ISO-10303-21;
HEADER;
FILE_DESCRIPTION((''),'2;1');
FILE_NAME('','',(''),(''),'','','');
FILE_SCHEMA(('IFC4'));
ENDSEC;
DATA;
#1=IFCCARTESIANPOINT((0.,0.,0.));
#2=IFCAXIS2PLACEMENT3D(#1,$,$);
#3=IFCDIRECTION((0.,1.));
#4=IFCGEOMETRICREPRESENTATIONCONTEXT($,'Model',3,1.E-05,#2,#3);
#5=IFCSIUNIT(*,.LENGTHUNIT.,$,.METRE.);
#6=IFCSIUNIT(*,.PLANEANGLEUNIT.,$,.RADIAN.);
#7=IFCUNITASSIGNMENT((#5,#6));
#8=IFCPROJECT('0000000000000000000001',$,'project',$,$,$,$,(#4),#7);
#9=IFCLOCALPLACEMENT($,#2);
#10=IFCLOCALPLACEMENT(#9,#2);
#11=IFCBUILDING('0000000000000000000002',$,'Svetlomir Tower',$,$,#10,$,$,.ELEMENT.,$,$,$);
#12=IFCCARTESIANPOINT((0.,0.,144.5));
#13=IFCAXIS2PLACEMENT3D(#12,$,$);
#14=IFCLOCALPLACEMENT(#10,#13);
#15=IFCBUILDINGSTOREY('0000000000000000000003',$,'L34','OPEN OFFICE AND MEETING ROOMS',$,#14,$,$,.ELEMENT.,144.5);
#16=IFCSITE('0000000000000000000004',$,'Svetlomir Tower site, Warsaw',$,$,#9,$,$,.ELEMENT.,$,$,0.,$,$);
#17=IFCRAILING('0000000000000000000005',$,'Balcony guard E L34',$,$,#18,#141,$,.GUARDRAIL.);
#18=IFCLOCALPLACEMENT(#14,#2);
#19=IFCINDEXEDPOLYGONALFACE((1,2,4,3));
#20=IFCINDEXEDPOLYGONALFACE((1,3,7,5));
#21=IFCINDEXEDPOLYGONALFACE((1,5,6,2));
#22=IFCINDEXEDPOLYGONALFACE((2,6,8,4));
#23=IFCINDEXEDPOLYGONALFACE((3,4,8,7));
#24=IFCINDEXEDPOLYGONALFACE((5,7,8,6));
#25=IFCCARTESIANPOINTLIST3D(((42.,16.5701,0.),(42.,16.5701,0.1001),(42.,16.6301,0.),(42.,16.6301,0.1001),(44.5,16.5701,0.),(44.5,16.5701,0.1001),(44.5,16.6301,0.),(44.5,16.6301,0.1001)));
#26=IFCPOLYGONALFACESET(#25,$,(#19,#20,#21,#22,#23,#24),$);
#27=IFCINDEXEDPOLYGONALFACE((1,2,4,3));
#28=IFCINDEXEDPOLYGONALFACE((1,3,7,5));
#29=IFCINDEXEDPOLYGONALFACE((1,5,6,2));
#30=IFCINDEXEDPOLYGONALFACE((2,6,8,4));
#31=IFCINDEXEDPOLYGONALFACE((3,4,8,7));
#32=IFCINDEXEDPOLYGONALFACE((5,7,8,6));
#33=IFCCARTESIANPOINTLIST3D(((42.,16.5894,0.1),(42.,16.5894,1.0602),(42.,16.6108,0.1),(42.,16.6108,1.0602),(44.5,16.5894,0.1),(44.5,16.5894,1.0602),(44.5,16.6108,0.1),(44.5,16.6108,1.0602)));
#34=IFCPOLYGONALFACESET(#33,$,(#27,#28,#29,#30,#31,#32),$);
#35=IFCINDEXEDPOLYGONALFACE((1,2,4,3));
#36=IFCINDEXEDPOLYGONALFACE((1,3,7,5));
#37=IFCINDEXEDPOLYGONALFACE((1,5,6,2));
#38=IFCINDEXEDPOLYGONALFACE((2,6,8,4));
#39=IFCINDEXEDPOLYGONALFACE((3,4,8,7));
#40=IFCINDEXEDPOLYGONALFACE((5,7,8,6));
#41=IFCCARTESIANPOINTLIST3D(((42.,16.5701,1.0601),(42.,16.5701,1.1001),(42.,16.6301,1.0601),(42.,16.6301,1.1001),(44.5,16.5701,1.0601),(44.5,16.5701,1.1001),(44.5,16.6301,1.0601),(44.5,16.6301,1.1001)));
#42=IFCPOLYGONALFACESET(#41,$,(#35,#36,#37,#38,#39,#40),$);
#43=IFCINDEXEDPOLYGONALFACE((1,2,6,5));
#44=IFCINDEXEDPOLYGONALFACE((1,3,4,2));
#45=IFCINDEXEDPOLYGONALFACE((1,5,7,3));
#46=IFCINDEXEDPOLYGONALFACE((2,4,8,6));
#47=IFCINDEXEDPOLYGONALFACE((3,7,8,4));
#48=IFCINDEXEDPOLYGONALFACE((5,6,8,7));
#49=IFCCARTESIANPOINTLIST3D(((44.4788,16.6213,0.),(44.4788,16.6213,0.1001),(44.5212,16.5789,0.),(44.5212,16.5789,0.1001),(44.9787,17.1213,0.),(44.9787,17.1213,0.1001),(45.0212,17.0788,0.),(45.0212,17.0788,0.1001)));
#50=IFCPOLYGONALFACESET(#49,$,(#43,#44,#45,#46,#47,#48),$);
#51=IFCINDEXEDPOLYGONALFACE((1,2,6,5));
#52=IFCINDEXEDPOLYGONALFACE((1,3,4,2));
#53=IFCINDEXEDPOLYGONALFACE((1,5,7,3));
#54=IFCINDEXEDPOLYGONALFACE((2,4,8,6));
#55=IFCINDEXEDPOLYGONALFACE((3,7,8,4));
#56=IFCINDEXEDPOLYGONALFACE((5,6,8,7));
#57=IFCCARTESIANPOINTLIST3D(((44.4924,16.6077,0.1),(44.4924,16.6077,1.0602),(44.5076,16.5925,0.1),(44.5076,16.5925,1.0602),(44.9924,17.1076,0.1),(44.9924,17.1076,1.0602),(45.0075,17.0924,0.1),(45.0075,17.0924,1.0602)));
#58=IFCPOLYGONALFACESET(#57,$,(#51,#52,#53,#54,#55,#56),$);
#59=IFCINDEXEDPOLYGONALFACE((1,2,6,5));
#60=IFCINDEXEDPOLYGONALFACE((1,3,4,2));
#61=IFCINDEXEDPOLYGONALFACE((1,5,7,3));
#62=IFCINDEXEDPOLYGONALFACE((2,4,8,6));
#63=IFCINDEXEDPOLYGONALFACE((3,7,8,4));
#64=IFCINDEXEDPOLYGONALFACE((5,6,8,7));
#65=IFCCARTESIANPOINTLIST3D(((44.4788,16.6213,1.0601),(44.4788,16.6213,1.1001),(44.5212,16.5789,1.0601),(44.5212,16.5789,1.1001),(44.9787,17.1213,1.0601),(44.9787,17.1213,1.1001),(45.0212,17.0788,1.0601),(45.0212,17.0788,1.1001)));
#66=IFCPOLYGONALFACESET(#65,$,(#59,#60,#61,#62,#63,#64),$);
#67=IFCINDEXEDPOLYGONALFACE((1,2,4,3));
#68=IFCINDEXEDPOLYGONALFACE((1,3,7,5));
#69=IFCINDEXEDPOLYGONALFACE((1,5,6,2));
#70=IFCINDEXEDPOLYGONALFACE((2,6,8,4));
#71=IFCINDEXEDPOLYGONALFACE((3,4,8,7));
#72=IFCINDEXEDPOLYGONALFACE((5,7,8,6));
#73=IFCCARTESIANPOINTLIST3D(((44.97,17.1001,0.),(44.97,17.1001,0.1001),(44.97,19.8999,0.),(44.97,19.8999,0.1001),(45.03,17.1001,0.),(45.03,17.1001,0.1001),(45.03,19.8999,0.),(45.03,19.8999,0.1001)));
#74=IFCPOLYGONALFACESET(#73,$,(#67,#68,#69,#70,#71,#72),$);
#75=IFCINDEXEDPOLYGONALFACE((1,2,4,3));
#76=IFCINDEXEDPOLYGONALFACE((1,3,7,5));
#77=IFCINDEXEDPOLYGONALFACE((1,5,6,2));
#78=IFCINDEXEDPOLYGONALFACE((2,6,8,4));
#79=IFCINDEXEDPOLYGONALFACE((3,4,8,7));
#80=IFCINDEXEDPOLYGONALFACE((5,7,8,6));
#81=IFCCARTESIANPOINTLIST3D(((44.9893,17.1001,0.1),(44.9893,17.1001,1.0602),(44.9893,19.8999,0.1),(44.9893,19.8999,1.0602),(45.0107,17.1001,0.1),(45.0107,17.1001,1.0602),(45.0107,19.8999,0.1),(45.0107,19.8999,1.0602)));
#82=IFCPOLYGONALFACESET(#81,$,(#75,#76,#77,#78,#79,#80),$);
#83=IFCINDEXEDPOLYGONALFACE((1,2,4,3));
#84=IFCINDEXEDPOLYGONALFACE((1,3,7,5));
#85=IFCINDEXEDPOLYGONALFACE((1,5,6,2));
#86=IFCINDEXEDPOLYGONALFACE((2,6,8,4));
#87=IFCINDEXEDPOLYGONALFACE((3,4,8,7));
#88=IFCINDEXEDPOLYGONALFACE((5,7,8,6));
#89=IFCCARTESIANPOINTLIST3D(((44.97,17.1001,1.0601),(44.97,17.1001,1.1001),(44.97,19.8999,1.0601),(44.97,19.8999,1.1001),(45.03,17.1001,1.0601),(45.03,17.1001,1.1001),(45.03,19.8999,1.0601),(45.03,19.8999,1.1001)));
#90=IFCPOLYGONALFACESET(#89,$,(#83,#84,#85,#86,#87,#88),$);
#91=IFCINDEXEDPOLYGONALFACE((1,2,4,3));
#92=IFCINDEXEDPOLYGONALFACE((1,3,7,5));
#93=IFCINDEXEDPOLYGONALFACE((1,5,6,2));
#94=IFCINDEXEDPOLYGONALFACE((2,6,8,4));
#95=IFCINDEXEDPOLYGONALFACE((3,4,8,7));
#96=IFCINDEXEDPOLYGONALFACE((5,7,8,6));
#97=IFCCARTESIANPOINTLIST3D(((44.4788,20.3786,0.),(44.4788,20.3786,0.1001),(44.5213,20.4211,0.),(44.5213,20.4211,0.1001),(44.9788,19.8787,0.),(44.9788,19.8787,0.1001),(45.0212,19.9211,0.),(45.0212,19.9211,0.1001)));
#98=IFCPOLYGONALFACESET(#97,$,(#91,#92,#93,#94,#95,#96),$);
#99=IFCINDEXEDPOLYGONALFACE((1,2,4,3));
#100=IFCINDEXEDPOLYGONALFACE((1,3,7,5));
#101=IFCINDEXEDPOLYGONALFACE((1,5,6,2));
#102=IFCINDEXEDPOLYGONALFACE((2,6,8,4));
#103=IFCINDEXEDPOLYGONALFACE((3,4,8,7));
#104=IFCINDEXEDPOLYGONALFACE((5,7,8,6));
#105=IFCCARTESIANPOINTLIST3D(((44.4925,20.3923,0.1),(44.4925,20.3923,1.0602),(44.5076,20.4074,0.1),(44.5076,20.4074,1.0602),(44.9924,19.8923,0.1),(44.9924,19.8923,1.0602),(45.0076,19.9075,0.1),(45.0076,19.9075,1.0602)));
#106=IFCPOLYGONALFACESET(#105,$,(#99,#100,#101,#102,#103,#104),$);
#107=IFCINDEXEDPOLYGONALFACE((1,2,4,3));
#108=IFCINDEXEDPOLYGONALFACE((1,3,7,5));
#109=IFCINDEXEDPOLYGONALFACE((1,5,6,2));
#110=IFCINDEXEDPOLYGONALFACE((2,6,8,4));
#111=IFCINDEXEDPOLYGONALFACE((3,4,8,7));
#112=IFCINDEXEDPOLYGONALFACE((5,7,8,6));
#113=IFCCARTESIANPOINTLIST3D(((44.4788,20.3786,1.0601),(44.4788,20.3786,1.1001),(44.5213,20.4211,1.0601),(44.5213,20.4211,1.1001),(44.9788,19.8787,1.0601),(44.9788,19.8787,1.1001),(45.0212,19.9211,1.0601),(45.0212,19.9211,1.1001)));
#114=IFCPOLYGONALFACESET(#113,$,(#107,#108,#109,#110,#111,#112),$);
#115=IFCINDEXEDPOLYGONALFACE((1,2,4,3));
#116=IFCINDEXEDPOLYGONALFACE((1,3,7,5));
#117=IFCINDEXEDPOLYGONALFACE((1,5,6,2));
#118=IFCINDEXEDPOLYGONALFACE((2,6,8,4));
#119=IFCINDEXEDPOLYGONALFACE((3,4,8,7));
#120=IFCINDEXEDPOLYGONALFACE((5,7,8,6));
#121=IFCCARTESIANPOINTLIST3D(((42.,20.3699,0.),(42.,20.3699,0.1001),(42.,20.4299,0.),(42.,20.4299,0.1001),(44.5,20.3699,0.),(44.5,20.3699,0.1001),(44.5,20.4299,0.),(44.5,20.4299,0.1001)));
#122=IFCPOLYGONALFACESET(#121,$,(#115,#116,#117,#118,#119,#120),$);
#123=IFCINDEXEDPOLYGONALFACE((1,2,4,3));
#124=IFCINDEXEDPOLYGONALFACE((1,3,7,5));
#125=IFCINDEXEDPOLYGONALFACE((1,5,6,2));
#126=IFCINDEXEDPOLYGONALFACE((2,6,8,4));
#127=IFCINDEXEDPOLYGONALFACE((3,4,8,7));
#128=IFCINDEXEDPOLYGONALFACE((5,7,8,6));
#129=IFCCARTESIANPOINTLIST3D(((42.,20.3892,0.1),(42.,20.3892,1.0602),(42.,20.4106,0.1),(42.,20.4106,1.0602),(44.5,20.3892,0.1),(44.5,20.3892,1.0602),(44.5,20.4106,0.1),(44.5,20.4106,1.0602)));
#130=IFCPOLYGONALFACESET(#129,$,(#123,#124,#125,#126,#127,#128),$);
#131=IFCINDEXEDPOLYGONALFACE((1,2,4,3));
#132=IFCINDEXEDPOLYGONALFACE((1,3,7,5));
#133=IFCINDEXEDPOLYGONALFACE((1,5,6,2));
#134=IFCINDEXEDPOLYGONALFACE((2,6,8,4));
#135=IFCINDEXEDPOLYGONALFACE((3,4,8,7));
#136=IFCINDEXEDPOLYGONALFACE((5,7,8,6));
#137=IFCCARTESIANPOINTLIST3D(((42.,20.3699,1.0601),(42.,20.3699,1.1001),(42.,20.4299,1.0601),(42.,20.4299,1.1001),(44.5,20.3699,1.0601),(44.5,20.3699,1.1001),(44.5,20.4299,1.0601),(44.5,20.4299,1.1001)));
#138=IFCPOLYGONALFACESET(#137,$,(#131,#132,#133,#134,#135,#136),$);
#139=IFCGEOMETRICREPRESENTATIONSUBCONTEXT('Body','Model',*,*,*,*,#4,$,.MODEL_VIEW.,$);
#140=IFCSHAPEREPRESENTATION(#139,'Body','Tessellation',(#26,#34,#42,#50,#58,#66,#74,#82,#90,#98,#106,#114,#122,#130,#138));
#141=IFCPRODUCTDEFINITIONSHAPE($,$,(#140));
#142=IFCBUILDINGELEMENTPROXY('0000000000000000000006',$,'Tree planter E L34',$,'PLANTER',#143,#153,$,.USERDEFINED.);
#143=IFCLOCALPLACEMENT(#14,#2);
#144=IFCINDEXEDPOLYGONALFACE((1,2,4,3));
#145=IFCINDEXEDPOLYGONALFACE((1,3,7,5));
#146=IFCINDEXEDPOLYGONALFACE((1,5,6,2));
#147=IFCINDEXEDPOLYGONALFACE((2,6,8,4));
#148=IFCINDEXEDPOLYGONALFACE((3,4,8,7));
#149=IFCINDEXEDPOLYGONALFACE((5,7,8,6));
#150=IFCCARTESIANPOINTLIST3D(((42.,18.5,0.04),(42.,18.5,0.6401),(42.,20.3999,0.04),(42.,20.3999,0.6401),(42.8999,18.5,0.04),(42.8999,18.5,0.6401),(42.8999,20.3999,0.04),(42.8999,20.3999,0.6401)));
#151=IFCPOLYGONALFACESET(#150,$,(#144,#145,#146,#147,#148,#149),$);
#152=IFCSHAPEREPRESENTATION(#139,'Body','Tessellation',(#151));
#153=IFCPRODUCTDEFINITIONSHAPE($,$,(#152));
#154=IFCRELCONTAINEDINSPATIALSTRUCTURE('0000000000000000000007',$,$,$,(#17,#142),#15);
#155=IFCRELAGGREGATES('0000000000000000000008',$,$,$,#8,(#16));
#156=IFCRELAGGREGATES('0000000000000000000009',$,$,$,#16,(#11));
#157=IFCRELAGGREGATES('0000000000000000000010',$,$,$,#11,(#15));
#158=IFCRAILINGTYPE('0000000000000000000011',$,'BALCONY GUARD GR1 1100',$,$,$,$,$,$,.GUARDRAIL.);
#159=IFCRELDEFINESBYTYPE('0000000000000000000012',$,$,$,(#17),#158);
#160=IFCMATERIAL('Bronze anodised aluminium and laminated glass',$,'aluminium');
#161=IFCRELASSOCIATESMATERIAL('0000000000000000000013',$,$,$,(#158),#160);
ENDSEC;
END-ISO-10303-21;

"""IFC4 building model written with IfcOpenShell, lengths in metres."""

from ifc_helpers import new_model, si_unit, direction, frame, origin, origin_2d, place, context, subcontext, project, spatial, rectangle, extrude, material, type_object, element, save


model = new_model("IFC4")

# Units and contexts
model_context = context("Model", 3, precision=1e-05, world=origin(), true_north=direction((0.0, 1.0)))
body_context = subcontext(model_context, "Body", "Model", "MODEL_VIEW")
ifc_project = project(units=[si_unit("LENGTHUNIT", "METRE"), si_unit("PLANEANGLEUNIT", "RADIAN")], contexts=[model_context])

# Site, building, storey
site_placement = place(None, origin())
site = spatial("IfcSite", under=ifc_project, at=site_placement, Name="Svetlomir Tower site, Warsaw", CompositionType="ELEMENT", RefElevation=0.0)
building_placement = place(site_placement, origin())
building = spatial("IfcBuilding", under=site, at=building_placement, Name="Svetlomir Tower", CompositionType="ELEMENT")
storey_placement = place(building_placement, frame((0.0, 0.0, 144.5)))
storey = spatial("IfcBuildingStorey", under=building, at=storey_placement, Name="L34", Description="OPEN OFFICE AND MEETING ROOMS", CompositionType="ELEMENT", Elevation=144.5)

# Railing
ifc_material_1 = material(Name="Bronze anodised aluminium and laminated glass", Category="aluminium")
railing_type = type_object("IfcRailingType", Name="BALCONY GUARD GR1 1100", PredefinedType="GUARDRAIL", material=ifc_material_1)
railing_placement = place(storey_placement, frame((42.0, 16.6001, 0.0)))
element("IfcRailing", 1, at=railing_placement, inside=storey, type_object=railing_type, Name="Balcony guard E L34", PredefinedType="GUARDRAIL", context=body_context, shape_type="SweptSolid", body=[
    extrude(rectangle(XDim=0.0601, YDim=0.1001, at=origin_2d()), frame((0.0, 0.0, 0.05), z_axis=(1.0, 0.0, 0.0), x_axis=(0.0, 1.0, 0.0)), (0.0, 0.0, 1.0), 2.5),
    extrude(rectangle(XDim=0.0215, YDim=0.9602, at=origin_2d()), frame((0.0, 0.0, 0.5801), z_axis=(1.0, 0.0, 0.0), x_axis=(0.0, 1.0, 0.0)), (0.0, 0.0, 1.0), 2.5),
    extrude(rectangle(XDim=0.0601, YDim=0.04, at=origin_2d()), frame((0.0, 0.0, 1.0801), z_axis=(1.0, 0.0, 0.0), x_axis=(0.0, 1.0, 0.0)), (0.0, 0.0, 1.0), 2.5),
    extrude(rectangle(XDim=0.0601, YDim=0.1001, at=origin_2d()), frame((2.5, 0.0, 0.05), z_axis=(0.707107, 0.707107, 0.0), x_axis=(-0.707107, 0.707107, 0.0)), (0.0, 0.0, 1.0), 0.707),
    extrude(rectangle(XDim=0.0215, YDim=0.9602, at=origin_2d()), frame((2.5, 0.0, 0.5801), z_axis=(0.707107, 0.707107, 0.0), x_axis=(-0.707107, 0.707107, 0.0)), (0.0, 0.0, 1.0), 0.707),
    extrude(rectangle(XDim=0.0601, YDim=0.04, at=origin_2d()), frame((2.5, 0.0, 1.0801), z_axis=(0.707107, 0.707107, 0.0), x_axis=(-0.707107, 0.707107, 0.0)), (0.0, 0.0, 1.0), 0.707),
    extrude(rectangle(XDim=0.0601, YDim=0.1001, at=origin_2d()), frame((3.0, 0.5, 0.05), z_axis=(0.0, 1.0, 0.0), x_axis=(-1.0, 0.0, 0.0)), (0.0, 0.0, 1.0), 2.7998),
    extrude(rectangle(XDim=0.0215, YDim=0.9602, at=origin_2d()), frame((3.0, 0.5, 0.5801), z_axis=(0.0, 1.0, 0.0), x_axis=(-1.0, 0.0, 0.0)), (0.0, 0.0, 1.0), 2.7998),
    extrude(rectangle(XDim=0.0601, YDim=0.04, at=origin_2d()), frame((3.0, 0.5, 1.0801), z_axis=(0.0, 1.0, 0.0), x_axis=(-1.0, 0.0, 0.0)), (0.0, 0.0, 1.0), 2.7998),
    extrude(rectangle(XDim=0.0601, YDim=0.1001, at=origin_2d()), frame((3.0, 3.2998, 0.05), z_axis=(-0.707107, 0.707107, 0.0), x_axis=(-0.707107, -0.707107, 0.0)), (0.0, 0.0, 1.0), 0.707),
    extrude(rectangle(XDim=0.0215, YDim=0.9602, at=origin_2d()), frame((3.0, 3.2998, 0.5801), z_axis=(-0.707107, 0.707107, 0.0), x_axis=(-0.707107, -0.707107, 0.0)), (0.0, 0.0, 1.0), 0.707),
    extrude(rectangle(XDim=0.0601, YDim=0.04, at=origin_2d()), frame((3.0, 3.2998, 1.0801), z_axis=(-0.707107, 0.707107, 0.0), x_axis=(-0.707107, -0.707107, 0.0)), (0.0, 0.0, 1.0), 0.707),
    extrude(rectangle(XDim=0.0601, YDim=0.1001, at=origin_2d()), frame((2.5, 3.7998, 0.05), z_axis=(-1.0, 0.0, 0.0), x_axis=(0.0, -1.0, 0.0)), (0.0, 0.0, 1.0), 2.5),
    extrude(rectangle(XDim=0.0215, YDim=0.9602, at=origin_2d()), frame((2.5, 3.7998, 0.5801), z_axis=(-1.0, 0.0, 0.0), x_axis=(0.0, -1.0, 0.0)), (0.0, 0.0, 1.0), 2.5),
    extrude(rectangle(XDim=0.0601, YDim=0.04, at=origin_2d()), frame((2.5, 3.7998, 1.0801), z_axis=(-1.0, 0.0, 0.0), x_axis=(0.0, -1.0, 0.0)), (0.0, 0.0, 1.0), 2.5),
])

# Building element proxy
proxy_placement = place(storey_placement, frame((42.45, 19.45, 0.04), z_axis=(0.0, 0.0, 1.0), x_axis=(1.0, 0.0, 0.0)))
element("IfcBuildingElementProxy", 2, at=proxy_placement, inside=storey, Name="Tree planter E L34", ObjectType="PLANTER", PredefinedType="USERDEFINED", context=body_context, shape_type="SweptSolid", body=[
    extrude(rectangle(XDim=0.8999, YDim=1.8999, at=origin_2d()), origin(), (0.0, 0.0, 1.0), 0.6001),
])

save(model, "model.ifc")
